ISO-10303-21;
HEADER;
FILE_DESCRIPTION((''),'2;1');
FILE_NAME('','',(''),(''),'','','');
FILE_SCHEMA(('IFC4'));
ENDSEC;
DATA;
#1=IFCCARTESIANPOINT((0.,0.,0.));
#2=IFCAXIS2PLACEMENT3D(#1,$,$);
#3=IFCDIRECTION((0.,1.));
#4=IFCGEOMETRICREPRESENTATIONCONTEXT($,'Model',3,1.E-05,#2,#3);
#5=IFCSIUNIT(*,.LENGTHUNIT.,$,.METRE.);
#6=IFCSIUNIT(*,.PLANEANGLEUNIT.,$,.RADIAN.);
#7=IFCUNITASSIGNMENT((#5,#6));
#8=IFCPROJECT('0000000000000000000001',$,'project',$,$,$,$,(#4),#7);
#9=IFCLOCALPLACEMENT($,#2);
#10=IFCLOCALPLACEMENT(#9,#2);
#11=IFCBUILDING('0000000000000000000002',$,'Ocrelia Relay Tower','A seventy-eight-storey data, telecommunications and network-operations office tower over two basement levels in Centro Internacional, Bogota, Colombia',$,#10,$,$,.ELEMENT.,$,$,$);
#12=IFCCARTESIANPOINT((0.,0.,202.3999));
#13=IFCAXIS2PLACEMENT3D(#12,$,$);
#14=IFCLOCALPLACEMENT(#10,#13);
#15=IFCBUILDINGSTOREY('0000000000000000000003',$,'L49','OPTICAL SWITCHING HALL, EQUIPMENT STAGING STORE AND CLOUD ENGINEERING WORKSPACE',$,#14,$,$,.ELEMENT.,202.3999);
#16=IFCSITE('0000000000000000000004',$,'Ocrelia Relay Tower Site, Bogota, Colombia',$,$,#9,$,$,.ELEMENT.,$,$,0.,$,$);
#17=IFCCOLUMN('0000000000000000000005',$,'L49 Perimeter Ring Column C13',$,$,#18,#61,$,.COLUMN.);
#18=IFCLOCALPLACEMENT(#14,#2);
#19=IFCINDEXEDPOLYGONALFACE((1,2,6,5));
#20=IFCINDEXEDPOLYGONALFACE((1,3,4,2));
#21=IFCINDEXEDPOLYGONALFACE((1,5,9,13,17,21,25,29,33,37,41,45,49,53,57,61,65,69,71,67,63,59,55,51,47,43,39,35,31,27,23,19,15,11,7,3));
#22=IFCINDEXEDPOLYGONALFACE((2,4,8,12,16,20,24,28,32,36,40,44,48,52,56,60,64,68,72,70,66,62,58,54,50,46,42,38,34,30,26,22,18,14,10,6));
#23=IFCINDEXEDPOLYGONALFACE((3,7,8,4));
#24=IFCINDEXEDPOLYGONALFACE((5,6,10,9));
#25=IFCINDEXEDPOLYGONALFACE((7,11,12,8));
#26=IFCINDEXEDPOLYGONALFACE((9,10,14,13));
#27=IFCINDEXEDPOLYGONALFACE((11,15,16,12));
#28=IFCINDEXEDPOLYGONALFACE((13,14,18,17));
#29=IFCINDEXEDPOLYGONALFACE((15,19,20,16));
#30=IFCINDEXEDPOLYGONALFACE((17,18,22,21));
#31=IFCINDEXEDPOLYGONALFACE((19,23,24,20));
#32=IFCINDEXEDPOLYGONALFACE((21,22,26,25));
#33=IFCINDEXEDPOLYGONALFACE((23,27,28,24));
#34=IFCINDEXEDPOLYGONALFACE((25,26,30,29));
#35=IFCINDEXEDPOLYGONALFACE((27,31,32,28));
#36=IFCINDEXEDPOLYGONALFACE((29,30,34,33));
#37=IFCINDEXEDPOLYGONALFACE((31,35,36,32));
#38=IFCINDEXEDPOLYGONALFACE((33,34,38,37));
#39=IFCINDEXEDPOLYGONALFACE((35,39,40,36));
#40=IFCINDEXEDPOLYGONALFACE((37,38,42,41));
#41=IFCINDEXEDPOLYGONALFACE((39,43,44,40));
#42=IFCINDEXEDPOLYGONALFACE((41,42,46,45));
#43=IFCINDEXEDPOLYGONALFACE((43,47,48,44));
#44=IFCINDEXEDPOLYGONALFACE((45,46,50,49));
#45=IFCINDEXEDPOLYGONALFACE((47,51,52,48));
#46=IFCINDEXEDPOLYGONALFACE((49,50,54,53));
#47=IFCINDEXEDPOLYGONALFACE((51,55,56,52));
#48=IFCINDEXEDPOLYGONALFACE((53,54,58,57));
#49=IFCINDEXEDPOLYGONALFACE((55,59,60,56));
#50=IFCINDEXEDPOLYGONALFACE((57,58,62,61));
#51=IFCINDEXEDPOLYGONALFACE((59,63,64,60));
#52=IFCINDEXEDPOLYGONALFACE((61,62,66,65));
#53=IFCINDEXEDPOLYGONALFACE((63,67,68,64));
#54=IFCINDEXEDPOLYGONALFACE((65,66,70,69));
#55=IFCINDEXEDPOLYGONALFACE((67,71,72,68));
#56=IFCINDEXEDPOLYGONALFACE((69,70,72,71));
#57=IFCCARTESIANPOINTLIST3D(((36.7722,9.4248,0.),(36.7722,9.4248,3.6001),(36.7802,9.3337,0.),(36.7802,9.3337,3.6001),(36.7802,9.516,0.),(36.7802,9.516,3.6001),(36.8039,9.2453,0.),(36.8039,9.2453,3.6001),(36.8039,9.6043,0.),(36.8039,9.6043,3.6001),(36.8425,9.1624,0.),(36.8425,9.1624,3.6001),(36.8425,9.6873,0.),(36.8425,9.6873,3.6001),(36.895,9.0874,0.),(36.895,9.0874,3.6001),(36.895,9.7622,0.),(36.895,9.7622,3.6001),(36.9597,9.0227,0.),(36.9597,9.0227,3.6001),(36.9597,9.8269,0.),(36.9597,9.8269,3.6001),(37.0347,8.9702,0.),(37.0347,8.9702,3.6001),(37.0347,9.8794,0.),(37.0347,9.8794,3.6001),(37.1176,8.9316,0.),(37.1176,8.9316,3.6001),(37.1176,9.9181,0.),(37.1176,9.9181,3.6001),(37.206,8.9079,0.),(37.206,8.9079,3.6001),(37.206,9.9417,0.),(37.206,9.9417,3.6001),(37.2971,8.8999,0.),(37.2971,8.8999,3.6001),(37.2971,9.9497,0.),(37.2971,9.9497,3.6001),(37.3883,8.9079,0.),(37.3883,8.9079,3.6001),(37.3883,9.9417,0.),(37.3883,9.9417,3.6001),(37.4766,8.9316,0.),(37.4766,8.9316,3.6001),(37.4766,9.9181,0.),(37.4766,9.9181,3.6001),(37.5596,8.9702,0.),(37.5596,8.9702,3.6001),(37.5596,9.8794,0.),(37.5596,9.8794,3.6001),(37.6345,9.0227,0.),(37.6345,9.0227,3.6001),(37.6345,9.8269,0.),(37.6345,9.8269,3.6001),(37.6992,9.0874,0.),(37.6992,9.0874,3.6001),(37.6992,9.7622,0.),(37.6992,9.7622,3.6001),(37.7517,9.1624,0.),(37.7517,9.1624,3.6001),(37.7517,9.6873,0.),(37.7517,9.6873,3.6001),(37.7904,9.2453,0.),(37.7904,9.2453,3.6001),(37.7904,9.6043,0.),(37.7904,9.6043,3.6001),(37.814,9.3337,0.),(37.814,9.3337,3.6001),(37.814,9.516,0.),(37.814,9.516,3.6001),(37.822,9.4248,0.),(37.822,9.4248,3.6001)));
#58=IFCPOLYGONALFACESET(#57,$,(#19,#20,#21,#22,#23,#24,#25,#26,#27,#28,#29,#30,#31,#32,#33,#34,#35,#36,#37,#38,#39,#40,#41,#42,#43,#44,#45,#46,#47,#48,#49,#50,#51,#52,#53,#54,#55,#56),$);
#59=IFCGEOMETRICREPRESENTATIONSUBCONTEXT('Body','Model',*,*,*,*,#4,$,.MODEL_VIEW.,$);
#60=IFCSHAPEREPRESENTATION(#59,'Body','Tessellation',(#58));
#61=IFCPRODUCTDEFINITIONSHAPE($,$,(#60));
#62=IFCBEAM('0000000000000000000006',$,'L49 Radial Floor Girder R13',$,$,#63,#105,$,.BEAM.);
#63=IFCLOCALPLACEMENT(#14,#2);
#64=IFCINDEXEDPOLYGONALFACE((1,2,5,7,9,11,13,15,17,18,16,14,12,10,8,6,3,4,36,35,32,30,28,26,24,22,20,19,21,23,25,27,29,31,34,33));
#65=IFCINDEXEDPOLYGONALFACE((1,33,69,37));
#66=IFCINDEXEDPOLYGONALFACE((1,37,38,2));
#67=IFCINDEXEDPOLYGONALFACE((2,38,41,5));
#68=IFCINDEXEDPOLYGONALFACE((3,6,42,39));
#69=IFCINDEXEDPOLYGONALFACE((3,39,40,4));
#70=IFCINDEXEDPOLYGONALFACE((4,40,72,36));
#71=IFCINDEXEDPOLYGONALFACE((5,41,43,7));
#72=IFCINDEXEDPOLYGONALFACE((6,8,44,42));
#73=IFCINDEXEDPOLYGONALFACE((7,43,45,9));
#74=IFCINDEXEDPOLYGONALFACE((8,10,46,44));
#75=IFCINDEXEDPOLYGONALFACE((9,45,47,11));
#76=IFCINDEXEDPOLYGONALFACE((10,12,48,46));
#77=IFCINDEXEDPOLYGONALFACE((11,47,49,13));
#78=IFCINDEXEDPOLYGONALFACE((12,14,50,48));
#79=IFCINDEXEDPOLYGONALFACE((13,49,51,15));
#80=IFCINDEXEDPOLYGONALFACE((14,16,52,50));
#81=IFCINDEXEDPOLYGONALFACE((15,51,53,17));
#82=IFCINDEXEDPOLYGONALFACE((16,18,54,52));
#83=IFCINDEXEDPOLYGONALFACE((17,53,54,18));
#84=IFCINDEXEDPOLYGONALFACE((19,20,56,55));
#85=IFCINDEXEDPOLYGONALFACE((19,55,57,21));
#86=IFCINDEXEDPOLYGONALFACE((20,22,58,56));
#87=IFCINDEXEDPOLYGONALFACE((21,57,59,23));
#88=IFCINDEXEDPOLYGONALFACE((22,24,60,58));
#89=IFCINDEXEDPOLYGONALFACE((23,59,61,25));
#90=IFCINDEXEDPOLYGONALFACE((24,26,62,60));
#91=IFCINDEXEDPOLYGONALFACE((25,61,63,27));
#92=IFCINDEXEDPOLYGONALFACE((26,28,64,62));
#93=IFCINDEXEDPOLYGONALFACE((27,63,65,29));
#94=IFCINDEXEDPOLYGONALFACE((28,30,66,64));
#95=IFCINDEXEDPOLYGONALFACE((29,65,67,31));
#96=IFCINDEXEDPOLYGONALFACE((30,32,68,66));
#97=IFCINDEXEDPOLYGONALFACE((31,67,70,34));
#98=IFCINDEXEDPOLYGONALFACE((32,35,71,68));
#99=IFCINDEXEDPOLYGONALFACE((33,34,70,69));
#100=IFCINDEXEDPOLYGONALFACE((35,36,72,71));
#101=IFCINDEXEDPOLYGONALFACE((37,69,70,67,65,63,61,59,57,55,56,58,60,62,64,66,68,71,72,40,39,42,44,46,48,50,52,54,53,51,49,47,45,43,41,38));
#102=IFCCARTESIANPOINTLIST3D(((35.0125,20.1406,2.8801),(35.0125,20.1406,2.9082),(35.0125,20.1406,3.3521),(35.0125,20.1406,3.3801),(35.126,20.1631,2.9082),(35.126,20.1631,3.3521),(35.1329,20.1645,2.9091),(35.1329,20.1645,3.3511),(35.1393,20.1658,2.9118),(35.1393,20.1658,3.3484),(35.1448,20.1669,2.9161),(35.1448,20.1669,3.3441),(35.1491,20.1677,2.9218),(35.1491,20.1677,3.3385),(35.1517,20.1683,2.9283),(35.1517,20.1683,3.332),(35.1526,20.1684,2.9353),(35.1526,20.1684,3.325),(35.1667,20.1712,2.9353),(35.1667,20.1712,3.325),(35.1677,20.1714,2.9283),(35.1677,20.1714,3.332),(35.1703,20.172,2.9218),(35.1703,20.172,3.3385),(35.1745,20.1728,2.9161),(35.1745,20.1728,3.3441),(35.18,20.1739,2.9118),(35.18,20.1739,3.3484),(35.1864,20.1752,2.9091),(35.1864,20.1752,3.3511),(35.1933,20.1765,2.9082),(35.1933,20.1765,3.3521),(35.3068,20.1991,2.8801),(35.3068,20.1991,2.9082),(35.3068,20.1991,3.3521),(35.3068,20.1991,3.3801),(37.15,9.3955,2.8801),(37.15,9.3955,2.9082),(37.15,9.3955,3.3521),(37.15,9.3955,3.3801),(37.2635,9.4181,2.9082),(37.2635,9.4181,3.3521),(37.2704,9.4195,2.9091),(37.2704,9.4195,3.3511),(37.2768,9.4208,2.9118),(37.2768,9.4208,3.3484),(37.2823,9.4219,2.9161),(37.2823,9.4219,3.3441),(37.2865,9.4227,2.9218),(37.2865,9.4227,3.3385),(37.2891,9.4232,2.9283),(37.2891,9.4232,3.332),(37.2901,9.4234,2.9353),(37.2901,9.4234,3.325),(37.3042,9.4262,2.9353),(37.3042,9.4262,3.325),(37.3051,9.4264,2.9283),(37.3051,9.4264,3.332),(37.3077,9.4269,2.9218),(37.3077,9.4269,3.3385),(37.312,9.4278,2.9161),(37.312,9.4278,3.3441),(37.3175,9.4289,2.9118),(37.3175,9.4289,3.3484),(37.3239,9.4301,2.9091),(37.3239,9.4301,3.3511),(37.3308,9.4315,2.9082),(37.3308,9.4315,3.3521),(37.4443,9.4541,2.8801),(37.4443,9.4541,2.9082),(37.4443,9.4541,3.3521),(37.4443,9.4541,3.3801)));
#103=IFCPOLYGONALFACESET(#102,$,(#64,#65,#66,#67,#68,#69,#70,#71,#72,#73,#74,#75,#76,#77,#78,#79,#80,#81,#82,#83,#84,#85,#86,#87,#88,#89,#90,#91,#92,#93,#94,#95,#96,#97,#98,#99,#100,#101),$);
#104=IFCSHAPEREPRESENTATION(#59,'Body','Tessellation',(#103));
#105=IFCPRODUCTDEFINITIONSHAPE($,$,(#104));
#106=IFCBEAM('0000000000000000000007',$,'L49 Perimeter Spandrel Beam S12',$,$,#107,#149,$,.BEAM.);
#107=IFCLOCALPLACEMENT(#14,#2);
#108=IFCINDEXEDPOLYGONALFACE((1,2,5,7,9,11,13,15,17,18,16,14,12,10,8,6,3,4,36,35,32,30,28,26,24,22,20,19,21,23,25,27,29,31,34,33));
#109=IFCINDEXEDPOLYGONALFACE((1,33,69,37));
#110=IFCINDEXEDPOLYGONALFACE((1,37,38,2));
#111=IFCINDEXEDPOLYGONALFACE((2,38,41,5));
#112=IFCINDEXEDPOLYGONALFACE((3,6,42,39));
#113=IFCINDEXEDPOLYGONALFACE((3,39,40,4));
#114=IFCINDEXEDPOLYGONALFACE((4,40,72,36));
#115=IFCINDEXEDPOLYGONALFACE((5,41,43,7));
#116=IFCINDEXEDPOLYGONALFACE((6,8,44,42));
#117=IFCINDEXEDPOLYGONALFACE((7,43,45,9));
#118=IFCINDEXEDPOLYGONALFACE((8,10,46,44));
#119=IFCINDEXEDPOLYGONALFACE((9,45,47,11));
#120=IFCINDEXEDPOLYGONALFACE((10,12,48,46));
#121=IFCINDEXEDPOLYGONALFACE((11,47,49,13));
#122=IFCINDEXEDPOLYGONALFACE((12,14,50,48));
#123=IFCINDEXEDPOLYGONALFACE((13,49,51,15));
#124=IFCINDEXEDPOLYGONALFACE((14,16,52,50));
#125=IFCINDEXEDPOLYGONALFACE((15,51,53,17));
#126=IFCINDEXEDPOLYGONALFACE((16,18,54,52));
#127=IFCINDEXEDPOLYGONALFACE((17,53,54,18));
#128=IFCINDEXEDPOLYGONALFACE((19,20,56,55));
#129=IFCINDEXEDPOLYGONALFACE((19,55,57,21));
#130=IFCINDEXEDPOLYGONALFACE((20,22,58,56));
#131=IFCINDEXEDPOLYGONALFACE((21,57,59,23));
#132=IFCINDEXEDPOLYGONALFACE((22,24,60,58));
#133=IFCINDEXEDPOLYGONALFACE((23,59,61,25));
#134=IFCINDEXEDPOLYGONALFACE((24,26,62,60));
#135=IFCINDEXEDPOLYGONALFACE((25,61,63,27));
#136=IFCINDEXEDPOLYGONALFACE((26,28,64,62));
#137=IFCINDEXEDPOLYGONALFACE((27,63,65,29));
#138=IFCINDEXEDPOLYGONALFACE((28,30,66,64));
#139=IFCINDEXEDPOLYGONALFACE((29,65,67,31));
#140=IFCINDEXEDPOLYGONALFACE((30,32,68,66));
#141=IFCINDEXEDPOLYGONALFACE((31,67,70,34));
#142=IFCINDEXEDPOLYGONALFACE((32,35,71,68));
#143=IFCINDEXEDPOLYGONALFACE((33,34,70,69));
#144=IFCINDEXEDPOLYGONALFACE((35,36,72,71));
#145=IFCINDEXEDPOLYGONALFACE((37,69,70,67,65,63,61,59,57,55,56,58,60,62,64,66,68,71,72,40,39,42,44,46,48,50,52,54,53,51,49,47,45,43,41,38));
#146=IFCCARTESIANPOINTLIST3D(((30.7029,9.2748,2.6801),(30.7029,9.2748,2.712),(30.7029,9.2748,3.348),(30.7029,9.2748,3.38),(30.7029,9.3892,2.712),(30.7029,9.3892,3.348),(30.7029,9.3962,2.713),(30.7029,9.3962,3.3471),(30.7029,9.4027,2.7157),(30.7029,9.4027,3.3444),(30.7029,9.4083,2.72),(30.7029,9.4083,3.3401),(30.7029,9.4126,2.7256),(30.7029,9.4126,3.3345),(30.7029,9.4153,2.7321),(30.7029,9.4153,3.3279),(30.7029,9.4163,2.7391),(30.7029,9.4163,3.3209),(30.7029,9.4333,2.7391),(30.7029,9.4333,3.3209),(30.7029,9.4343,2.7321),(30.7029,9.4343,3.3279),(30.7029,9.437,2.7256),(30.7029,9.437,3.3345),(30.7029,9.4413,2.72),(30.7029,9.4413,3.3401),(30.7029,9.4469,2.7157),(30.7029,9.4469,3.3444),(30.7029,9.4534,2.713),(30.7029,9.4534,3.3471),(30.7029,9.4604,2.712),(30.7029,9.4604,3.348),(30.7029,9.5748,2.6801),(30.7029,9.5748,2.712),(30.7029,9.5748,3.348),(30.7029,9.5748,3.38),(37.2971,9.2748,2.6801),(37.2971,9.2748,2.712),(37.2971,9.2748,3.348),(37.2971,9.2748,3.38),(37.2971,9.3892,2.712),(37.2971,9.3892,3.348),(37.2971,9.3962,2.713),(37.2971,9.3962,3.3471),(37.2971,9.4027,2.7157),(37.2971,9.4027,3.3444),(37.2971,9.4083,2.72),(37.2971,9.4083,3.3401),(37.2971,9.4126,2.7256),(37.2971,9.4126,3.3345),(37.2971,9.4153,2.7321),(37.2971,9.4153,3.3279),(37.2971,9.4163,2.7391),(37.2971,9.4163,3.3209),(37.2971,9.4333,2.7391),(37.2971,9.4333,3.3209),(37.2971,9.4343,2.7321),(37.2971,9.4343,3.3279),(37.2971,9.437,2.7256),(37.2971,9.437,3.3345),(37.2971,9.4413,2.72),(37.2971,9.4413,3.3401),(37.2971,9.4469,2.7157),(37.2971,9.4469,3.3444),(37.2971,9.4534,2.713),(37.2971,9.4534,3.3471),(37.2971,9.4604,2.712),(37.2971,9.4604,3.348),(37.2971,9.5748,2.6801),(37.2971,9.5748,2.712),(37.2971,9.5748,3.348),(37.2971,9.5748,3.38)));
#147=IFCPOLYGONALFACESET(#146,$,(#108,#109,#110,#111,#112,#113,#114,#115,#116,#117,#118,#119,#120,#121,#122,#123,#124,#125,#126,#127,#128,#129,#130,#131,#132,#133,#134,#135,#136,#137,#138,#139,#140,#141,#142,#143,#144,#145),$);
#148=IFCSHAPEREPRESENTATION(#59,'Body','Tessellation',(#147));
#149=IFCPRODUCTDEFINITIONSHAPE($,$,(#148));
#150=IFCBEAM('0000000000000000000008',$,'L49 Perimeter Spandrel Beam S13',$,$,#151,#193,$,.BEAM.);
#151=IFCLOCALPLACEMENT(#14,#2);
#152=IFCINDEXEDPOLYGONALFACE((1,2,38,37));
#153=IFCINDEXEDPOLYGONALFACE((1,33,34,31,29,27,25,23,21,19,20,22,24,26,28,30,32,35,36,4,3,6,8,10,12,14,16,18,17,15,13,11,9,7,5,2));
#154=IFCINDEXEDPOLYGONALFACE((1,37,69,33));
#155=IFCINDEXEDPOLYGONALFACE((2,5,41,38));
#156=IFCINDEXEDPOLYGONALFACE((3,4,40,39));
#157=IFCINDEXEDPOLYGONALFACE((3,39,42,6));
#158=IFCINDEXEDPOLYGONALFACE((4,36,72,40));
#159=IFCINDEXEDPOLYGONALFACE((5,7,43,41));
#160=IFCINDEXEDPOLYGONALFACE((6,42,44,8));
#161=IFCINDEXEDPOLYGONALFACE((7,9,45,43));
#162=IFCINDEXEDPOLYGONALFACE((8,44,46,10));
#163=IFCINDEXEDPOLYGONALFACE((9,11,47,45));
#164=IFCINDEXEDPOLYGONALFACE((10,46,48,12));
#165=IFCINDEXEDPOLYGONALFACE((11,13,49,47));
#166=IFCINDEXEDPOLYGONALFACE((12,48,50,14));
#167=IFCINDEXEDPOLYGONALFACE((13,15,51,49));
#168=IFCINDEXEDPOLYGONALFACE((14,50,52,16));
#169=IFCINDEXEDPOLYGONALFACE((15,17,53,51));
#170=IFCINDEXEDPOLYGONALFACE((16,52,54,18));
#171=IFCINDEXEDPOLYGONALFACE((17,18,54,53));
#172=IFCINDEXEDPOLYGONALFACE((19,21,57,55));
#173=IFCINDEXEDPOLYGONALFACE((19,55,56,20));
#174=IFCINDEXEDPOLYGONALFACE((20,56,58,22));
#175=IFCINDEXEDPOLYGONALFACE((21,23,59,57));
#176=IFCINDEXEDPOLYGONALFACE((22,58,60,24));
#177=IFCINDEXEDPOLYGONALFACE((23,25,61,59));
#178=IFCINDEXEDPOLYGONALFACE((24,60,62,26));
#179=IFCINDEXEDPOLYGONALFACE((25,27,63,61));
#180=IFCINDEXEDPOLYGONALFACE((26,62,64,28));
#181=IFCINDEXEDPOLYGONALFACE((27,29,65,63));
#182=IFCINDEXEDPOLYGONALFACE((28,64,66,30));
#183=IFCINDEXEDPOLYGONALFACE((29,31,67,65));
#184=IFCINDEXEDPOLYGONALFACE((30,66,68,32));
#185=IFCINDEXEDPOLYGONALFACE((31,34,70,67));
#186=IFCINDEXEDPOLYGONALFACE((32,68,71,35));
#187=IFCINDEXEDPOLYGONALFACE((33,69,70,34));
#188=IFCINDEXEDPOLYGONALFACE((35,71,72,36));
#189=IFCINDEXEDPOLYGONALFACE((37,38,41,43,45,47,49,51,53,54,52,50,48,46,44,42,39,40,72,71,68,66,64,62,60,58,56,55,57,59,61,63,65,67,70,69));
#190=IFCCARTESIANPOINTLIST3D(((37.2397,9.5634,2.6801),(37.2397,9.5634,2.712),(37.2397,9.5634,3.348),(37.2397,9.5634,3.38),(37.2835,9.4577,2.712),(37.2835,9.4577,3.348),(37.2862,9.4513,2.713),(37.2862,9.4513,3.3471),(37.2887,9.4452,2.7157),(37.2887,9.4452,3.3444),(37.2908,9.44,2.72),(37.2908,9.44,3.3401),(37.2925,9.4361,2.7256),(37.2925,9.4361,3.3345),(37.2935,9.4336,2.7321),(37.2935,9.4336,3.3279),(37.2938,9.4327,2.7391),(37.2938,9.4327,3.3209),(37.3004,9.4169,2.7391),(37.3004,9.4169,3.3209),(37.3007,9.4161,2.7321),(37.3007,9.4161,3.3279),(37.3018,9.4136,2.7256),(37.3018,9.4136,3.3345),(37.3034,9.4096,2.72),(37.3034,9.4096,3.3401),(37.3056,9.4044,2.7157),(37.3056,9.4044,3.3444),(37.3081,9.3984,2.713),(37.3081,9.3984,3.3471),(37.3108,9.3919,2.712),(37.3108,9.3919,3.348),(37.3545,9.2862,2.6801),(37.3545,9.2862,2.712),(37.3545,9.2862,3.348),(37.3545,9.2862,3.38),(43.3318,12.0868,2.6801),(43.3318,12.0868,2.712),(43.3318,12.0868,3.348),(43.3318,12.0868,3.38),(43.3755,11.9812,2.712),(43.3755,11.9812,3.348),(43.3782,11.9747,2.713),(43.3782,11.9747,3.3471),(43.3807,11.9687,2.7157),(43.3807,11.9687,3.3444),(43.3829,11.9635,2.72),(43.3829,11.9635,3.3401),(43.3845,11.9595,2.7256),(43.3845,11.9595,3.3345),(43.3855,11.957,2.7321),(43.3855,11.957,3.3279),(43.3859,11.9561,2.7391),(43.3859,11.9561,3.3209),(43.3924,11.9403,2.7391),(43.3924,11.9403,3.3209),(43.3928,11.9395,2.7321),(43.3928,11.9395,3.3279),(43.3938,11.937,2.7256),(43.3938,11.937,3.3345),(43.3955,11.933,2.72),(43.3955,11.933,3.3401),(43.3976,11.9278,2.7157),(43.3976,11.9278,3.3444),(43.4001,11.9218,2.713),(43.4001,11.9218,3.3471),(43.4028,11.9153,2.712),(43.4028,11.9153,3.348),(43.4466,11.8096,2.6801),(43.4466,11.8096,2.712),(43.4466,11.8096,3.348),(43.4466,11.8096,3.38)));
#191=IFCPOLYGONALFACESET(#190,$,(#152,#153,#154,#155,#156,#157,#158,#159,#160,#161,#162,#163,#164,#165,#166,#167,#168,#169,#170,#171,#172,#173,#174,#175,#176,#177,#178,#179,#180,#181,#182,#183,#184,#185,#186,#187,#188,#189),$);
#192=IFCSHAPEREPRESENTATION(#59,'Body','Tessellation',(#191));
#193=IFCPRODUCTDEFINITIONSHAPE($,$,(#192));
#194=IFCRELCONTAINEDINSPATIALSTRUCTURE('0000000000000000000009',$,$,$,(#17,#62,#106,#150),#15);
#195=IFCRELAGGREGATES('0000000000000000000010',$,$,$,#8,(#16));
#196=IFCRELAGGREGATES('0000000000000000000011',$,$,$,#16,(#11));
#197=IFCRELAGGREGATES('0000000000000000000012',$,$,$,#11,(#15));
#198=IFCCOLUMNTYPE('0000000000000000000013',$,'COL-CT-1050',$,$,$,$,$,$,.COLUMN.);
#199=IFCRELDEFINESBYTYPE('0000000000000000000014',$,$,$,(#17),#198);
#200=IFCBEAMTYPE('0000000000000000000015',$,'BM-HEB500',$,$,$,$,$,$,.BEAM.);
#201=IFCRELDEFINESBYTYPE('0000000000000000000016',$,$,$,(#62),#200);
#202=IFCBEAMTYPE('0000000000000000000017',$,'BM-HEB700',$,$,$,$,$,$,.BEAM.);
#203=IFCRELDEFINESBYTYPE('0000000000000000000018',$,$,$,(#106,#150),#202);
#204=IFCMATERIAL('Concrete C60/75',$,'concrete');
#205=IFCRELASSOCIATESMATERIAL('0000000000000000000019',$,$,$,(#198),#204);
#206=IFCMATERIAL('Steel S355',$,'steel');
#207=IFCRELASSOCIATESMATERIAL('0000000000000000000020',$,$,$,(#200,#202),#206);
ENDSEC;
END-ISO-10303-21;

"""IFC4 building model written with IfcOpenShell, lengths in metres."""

from ifc_helpers import new_model, si_unit, direction, frame, origin, origin_2d, place, context, subcontext, project, spatial, circle, i_section, extrude, material, material_profile, profile_set, type_object, element, save


model = new_model("IFC4")

# Units and contexts
model_context = context("Model", 3, precision=1e-05, world=origin(), true_north=direction((0.0, 1.0)))
body_context = subcontext(model_context, "Body", "Model", "MODEL_VIEW")
ifc_project = project(units=[si_unit("LENGTHUNIT", "METRE"), si_unit("PLANEANGLEUNIT", "RADIAN")], contexts=[model_context])

# Site, building, storey
site_placement = place(None, origin())
site = spatial("IfcSite", under=ifc_project, at=site_placement, Name="Ocrelia Relay Tower Site, Bogota, Colombia", CompositionType="ELEMENT", RefElevation=0.0)
building_placement = place(site_placement, origin())
building = spatial("IfcBuilding", under=site, at=building_placement, Name="Ocrelia Relay Tower", Description="A seventy-eight-storey data, telecommunications and network-operations office tower over two basement levels in Centro Internacional, Bogota, Colombia", CompositionType="ELEMENT")
storey_placement = place(building_placement, frame((0.0, 0.0, 202.3999)))
storey = spatial("IfcBuildingStorey", under=building, at=storey_placement, Name="L49", Description="OPTICAL SWITCHING HALL, EQUIPMENT STAGING STORE AND CLOUD ENGINEERING WORKSPACE", CompositionType="ELEMENT", Elevation=202.3999)

# Column
ifc_material_1 = material(Name="Concrete C60/75", Category="concrete")
ifc_material_profile_1 = material_profile(ifc_material_1, circle(Radius=0.5249, at=origin_2d()), Name="RC-CIR-1050")
ifc_profile_set_1 = profile_set([ifc_material_profile_1], Name="Concrete C60/75")
column_type = type_object("IfcColumnType", Name="COL-CT-1050", PredefinedType="COLUMN", material=ifc_profile_set_1)
column_placement = place(storey_placement, frame((37.2971, 9.4248, 0.0), z_axis=(0.0, 0.0, 1.0), x_axis=(1.0, 0.0, 0.0)))
element("IfcColumn", 1, at=column_placement, inside=storey, type_object=column_type, Name="L49 Perimeter Ring Column C13", PredefinedType="COLUMN", context=body_context, shape_type="SweptSolid", body=[
    extrude(circle(Radius=0.5249, at=origin_2d()), origin(), (0.0, 0.0, 1.0), 3.6001),
])

# Beams
ifc_material_2 = material(Name="Steel S355", Category="steel")
ifc_material_profile_2 = material_profile(ifc_material_2, i_section(OverallWidth=0.3, OverallDepth=0.5, WebThickness=0.0144, FlangeThickness=0.0281, FilletRadius=0.0271, at=origin_2d()), Name="HEB 500")
ifc_profile_set_2 = profile_set([ifc_material_profile_2], Name="Steel S355")
beam_type_1 = type_object("IfcBeamType", Name="BM-HEB500", PredefinedType="BEAM", material=ifc_profile_set_2)
beam_1_placement = place(storey_placement, frame((37.2971, 9.4248, 3.1301), z_axis=(-0.1951, 0.980783, 0.0), x_axis=(-0.980783, -0.1951, 0.0)))
element("IfcBeam", 2, at=beam_1_placement, inside=storey, type_object=beam_type_1, Name="L49 Radial Floor Girder R13", PredefinedType="BEAM", context=body_context, shape_type="SweptSolid", body=[
    extrude(i_section(OverallWidth=0.3, OverallDepth=0.5, WebThickness=0.0144, FlangeThickness=0.0281, FilletRadius=0.0271, at=origin_2d()), origin(), (0.0, 0.0, 1.0), 10.9556),
])
ifc_material_profile_3 = material_profile(ifc_material_2, i_section(OverallWidth=0.3, OverallDepth=0.7, WebThickness=0.0171, FlangeThickness=0.032, FilletRadius=0.0271, at=origin_2d()), Name="HEB 700")
ifc_profile_set_3 = profile_set([ifc_material_profile_3], Name="Steel S355")
beam_type_2 = type_object("IfcBeamType", Name="BM-HEB700", PredefinedType="BEAM", material=ifc_profile_set_3)
beam_2_placement = place(storey_placement, frame((30.7029, 9.4248, 3.03), z_axis=(1.0, 0.0, 0.0), x_axis=(0.0, 1.0, 0.0)))
element("IfcBeam", 3, at=beam_2_placement, inside=storey, type_object=beam_type_2, Name="L49 Perimeter Spandrel Beam S12", PredefinedType="BEAM", context=body_context, shape_type="SweptSolid", body=[
    extrude(i_section(OverallWidth=0.3, OverallDepth=0.7, WebThickness=0.0171, FlangeThickness=0.032, FilletRadius=0.0271, at=origin_2d()), origin(), (0.0, 0.0, 1.0), 6.5942),
])
beam_3_placement = place(storey_placement, frame((37.2971, 9.4248, 3.03), z_axis=(0.923878, 0.382688, 0.0), x_axis=(-0.382688, 0.923878, 0.0)))
element("IfcBeam", 4, at=beam_3_placement, inside=storey, type_object=beam_type_2, Name="L49 Perimeter Spandrel Beam S13", PredefinedType="BEAM", context=body_context, shape_type="SweptSolid", body=[
    extrude(i_section(OverallWidth=0.3, OverallDepth=0.7, WebThickness=0.0171, FlangeThickness=0.032, FilletRadius=0.0271, at=origin_2d()), origin(), (0.0, 0.0, 1.0), 6.594),
])

save(model, "model.ifc")
